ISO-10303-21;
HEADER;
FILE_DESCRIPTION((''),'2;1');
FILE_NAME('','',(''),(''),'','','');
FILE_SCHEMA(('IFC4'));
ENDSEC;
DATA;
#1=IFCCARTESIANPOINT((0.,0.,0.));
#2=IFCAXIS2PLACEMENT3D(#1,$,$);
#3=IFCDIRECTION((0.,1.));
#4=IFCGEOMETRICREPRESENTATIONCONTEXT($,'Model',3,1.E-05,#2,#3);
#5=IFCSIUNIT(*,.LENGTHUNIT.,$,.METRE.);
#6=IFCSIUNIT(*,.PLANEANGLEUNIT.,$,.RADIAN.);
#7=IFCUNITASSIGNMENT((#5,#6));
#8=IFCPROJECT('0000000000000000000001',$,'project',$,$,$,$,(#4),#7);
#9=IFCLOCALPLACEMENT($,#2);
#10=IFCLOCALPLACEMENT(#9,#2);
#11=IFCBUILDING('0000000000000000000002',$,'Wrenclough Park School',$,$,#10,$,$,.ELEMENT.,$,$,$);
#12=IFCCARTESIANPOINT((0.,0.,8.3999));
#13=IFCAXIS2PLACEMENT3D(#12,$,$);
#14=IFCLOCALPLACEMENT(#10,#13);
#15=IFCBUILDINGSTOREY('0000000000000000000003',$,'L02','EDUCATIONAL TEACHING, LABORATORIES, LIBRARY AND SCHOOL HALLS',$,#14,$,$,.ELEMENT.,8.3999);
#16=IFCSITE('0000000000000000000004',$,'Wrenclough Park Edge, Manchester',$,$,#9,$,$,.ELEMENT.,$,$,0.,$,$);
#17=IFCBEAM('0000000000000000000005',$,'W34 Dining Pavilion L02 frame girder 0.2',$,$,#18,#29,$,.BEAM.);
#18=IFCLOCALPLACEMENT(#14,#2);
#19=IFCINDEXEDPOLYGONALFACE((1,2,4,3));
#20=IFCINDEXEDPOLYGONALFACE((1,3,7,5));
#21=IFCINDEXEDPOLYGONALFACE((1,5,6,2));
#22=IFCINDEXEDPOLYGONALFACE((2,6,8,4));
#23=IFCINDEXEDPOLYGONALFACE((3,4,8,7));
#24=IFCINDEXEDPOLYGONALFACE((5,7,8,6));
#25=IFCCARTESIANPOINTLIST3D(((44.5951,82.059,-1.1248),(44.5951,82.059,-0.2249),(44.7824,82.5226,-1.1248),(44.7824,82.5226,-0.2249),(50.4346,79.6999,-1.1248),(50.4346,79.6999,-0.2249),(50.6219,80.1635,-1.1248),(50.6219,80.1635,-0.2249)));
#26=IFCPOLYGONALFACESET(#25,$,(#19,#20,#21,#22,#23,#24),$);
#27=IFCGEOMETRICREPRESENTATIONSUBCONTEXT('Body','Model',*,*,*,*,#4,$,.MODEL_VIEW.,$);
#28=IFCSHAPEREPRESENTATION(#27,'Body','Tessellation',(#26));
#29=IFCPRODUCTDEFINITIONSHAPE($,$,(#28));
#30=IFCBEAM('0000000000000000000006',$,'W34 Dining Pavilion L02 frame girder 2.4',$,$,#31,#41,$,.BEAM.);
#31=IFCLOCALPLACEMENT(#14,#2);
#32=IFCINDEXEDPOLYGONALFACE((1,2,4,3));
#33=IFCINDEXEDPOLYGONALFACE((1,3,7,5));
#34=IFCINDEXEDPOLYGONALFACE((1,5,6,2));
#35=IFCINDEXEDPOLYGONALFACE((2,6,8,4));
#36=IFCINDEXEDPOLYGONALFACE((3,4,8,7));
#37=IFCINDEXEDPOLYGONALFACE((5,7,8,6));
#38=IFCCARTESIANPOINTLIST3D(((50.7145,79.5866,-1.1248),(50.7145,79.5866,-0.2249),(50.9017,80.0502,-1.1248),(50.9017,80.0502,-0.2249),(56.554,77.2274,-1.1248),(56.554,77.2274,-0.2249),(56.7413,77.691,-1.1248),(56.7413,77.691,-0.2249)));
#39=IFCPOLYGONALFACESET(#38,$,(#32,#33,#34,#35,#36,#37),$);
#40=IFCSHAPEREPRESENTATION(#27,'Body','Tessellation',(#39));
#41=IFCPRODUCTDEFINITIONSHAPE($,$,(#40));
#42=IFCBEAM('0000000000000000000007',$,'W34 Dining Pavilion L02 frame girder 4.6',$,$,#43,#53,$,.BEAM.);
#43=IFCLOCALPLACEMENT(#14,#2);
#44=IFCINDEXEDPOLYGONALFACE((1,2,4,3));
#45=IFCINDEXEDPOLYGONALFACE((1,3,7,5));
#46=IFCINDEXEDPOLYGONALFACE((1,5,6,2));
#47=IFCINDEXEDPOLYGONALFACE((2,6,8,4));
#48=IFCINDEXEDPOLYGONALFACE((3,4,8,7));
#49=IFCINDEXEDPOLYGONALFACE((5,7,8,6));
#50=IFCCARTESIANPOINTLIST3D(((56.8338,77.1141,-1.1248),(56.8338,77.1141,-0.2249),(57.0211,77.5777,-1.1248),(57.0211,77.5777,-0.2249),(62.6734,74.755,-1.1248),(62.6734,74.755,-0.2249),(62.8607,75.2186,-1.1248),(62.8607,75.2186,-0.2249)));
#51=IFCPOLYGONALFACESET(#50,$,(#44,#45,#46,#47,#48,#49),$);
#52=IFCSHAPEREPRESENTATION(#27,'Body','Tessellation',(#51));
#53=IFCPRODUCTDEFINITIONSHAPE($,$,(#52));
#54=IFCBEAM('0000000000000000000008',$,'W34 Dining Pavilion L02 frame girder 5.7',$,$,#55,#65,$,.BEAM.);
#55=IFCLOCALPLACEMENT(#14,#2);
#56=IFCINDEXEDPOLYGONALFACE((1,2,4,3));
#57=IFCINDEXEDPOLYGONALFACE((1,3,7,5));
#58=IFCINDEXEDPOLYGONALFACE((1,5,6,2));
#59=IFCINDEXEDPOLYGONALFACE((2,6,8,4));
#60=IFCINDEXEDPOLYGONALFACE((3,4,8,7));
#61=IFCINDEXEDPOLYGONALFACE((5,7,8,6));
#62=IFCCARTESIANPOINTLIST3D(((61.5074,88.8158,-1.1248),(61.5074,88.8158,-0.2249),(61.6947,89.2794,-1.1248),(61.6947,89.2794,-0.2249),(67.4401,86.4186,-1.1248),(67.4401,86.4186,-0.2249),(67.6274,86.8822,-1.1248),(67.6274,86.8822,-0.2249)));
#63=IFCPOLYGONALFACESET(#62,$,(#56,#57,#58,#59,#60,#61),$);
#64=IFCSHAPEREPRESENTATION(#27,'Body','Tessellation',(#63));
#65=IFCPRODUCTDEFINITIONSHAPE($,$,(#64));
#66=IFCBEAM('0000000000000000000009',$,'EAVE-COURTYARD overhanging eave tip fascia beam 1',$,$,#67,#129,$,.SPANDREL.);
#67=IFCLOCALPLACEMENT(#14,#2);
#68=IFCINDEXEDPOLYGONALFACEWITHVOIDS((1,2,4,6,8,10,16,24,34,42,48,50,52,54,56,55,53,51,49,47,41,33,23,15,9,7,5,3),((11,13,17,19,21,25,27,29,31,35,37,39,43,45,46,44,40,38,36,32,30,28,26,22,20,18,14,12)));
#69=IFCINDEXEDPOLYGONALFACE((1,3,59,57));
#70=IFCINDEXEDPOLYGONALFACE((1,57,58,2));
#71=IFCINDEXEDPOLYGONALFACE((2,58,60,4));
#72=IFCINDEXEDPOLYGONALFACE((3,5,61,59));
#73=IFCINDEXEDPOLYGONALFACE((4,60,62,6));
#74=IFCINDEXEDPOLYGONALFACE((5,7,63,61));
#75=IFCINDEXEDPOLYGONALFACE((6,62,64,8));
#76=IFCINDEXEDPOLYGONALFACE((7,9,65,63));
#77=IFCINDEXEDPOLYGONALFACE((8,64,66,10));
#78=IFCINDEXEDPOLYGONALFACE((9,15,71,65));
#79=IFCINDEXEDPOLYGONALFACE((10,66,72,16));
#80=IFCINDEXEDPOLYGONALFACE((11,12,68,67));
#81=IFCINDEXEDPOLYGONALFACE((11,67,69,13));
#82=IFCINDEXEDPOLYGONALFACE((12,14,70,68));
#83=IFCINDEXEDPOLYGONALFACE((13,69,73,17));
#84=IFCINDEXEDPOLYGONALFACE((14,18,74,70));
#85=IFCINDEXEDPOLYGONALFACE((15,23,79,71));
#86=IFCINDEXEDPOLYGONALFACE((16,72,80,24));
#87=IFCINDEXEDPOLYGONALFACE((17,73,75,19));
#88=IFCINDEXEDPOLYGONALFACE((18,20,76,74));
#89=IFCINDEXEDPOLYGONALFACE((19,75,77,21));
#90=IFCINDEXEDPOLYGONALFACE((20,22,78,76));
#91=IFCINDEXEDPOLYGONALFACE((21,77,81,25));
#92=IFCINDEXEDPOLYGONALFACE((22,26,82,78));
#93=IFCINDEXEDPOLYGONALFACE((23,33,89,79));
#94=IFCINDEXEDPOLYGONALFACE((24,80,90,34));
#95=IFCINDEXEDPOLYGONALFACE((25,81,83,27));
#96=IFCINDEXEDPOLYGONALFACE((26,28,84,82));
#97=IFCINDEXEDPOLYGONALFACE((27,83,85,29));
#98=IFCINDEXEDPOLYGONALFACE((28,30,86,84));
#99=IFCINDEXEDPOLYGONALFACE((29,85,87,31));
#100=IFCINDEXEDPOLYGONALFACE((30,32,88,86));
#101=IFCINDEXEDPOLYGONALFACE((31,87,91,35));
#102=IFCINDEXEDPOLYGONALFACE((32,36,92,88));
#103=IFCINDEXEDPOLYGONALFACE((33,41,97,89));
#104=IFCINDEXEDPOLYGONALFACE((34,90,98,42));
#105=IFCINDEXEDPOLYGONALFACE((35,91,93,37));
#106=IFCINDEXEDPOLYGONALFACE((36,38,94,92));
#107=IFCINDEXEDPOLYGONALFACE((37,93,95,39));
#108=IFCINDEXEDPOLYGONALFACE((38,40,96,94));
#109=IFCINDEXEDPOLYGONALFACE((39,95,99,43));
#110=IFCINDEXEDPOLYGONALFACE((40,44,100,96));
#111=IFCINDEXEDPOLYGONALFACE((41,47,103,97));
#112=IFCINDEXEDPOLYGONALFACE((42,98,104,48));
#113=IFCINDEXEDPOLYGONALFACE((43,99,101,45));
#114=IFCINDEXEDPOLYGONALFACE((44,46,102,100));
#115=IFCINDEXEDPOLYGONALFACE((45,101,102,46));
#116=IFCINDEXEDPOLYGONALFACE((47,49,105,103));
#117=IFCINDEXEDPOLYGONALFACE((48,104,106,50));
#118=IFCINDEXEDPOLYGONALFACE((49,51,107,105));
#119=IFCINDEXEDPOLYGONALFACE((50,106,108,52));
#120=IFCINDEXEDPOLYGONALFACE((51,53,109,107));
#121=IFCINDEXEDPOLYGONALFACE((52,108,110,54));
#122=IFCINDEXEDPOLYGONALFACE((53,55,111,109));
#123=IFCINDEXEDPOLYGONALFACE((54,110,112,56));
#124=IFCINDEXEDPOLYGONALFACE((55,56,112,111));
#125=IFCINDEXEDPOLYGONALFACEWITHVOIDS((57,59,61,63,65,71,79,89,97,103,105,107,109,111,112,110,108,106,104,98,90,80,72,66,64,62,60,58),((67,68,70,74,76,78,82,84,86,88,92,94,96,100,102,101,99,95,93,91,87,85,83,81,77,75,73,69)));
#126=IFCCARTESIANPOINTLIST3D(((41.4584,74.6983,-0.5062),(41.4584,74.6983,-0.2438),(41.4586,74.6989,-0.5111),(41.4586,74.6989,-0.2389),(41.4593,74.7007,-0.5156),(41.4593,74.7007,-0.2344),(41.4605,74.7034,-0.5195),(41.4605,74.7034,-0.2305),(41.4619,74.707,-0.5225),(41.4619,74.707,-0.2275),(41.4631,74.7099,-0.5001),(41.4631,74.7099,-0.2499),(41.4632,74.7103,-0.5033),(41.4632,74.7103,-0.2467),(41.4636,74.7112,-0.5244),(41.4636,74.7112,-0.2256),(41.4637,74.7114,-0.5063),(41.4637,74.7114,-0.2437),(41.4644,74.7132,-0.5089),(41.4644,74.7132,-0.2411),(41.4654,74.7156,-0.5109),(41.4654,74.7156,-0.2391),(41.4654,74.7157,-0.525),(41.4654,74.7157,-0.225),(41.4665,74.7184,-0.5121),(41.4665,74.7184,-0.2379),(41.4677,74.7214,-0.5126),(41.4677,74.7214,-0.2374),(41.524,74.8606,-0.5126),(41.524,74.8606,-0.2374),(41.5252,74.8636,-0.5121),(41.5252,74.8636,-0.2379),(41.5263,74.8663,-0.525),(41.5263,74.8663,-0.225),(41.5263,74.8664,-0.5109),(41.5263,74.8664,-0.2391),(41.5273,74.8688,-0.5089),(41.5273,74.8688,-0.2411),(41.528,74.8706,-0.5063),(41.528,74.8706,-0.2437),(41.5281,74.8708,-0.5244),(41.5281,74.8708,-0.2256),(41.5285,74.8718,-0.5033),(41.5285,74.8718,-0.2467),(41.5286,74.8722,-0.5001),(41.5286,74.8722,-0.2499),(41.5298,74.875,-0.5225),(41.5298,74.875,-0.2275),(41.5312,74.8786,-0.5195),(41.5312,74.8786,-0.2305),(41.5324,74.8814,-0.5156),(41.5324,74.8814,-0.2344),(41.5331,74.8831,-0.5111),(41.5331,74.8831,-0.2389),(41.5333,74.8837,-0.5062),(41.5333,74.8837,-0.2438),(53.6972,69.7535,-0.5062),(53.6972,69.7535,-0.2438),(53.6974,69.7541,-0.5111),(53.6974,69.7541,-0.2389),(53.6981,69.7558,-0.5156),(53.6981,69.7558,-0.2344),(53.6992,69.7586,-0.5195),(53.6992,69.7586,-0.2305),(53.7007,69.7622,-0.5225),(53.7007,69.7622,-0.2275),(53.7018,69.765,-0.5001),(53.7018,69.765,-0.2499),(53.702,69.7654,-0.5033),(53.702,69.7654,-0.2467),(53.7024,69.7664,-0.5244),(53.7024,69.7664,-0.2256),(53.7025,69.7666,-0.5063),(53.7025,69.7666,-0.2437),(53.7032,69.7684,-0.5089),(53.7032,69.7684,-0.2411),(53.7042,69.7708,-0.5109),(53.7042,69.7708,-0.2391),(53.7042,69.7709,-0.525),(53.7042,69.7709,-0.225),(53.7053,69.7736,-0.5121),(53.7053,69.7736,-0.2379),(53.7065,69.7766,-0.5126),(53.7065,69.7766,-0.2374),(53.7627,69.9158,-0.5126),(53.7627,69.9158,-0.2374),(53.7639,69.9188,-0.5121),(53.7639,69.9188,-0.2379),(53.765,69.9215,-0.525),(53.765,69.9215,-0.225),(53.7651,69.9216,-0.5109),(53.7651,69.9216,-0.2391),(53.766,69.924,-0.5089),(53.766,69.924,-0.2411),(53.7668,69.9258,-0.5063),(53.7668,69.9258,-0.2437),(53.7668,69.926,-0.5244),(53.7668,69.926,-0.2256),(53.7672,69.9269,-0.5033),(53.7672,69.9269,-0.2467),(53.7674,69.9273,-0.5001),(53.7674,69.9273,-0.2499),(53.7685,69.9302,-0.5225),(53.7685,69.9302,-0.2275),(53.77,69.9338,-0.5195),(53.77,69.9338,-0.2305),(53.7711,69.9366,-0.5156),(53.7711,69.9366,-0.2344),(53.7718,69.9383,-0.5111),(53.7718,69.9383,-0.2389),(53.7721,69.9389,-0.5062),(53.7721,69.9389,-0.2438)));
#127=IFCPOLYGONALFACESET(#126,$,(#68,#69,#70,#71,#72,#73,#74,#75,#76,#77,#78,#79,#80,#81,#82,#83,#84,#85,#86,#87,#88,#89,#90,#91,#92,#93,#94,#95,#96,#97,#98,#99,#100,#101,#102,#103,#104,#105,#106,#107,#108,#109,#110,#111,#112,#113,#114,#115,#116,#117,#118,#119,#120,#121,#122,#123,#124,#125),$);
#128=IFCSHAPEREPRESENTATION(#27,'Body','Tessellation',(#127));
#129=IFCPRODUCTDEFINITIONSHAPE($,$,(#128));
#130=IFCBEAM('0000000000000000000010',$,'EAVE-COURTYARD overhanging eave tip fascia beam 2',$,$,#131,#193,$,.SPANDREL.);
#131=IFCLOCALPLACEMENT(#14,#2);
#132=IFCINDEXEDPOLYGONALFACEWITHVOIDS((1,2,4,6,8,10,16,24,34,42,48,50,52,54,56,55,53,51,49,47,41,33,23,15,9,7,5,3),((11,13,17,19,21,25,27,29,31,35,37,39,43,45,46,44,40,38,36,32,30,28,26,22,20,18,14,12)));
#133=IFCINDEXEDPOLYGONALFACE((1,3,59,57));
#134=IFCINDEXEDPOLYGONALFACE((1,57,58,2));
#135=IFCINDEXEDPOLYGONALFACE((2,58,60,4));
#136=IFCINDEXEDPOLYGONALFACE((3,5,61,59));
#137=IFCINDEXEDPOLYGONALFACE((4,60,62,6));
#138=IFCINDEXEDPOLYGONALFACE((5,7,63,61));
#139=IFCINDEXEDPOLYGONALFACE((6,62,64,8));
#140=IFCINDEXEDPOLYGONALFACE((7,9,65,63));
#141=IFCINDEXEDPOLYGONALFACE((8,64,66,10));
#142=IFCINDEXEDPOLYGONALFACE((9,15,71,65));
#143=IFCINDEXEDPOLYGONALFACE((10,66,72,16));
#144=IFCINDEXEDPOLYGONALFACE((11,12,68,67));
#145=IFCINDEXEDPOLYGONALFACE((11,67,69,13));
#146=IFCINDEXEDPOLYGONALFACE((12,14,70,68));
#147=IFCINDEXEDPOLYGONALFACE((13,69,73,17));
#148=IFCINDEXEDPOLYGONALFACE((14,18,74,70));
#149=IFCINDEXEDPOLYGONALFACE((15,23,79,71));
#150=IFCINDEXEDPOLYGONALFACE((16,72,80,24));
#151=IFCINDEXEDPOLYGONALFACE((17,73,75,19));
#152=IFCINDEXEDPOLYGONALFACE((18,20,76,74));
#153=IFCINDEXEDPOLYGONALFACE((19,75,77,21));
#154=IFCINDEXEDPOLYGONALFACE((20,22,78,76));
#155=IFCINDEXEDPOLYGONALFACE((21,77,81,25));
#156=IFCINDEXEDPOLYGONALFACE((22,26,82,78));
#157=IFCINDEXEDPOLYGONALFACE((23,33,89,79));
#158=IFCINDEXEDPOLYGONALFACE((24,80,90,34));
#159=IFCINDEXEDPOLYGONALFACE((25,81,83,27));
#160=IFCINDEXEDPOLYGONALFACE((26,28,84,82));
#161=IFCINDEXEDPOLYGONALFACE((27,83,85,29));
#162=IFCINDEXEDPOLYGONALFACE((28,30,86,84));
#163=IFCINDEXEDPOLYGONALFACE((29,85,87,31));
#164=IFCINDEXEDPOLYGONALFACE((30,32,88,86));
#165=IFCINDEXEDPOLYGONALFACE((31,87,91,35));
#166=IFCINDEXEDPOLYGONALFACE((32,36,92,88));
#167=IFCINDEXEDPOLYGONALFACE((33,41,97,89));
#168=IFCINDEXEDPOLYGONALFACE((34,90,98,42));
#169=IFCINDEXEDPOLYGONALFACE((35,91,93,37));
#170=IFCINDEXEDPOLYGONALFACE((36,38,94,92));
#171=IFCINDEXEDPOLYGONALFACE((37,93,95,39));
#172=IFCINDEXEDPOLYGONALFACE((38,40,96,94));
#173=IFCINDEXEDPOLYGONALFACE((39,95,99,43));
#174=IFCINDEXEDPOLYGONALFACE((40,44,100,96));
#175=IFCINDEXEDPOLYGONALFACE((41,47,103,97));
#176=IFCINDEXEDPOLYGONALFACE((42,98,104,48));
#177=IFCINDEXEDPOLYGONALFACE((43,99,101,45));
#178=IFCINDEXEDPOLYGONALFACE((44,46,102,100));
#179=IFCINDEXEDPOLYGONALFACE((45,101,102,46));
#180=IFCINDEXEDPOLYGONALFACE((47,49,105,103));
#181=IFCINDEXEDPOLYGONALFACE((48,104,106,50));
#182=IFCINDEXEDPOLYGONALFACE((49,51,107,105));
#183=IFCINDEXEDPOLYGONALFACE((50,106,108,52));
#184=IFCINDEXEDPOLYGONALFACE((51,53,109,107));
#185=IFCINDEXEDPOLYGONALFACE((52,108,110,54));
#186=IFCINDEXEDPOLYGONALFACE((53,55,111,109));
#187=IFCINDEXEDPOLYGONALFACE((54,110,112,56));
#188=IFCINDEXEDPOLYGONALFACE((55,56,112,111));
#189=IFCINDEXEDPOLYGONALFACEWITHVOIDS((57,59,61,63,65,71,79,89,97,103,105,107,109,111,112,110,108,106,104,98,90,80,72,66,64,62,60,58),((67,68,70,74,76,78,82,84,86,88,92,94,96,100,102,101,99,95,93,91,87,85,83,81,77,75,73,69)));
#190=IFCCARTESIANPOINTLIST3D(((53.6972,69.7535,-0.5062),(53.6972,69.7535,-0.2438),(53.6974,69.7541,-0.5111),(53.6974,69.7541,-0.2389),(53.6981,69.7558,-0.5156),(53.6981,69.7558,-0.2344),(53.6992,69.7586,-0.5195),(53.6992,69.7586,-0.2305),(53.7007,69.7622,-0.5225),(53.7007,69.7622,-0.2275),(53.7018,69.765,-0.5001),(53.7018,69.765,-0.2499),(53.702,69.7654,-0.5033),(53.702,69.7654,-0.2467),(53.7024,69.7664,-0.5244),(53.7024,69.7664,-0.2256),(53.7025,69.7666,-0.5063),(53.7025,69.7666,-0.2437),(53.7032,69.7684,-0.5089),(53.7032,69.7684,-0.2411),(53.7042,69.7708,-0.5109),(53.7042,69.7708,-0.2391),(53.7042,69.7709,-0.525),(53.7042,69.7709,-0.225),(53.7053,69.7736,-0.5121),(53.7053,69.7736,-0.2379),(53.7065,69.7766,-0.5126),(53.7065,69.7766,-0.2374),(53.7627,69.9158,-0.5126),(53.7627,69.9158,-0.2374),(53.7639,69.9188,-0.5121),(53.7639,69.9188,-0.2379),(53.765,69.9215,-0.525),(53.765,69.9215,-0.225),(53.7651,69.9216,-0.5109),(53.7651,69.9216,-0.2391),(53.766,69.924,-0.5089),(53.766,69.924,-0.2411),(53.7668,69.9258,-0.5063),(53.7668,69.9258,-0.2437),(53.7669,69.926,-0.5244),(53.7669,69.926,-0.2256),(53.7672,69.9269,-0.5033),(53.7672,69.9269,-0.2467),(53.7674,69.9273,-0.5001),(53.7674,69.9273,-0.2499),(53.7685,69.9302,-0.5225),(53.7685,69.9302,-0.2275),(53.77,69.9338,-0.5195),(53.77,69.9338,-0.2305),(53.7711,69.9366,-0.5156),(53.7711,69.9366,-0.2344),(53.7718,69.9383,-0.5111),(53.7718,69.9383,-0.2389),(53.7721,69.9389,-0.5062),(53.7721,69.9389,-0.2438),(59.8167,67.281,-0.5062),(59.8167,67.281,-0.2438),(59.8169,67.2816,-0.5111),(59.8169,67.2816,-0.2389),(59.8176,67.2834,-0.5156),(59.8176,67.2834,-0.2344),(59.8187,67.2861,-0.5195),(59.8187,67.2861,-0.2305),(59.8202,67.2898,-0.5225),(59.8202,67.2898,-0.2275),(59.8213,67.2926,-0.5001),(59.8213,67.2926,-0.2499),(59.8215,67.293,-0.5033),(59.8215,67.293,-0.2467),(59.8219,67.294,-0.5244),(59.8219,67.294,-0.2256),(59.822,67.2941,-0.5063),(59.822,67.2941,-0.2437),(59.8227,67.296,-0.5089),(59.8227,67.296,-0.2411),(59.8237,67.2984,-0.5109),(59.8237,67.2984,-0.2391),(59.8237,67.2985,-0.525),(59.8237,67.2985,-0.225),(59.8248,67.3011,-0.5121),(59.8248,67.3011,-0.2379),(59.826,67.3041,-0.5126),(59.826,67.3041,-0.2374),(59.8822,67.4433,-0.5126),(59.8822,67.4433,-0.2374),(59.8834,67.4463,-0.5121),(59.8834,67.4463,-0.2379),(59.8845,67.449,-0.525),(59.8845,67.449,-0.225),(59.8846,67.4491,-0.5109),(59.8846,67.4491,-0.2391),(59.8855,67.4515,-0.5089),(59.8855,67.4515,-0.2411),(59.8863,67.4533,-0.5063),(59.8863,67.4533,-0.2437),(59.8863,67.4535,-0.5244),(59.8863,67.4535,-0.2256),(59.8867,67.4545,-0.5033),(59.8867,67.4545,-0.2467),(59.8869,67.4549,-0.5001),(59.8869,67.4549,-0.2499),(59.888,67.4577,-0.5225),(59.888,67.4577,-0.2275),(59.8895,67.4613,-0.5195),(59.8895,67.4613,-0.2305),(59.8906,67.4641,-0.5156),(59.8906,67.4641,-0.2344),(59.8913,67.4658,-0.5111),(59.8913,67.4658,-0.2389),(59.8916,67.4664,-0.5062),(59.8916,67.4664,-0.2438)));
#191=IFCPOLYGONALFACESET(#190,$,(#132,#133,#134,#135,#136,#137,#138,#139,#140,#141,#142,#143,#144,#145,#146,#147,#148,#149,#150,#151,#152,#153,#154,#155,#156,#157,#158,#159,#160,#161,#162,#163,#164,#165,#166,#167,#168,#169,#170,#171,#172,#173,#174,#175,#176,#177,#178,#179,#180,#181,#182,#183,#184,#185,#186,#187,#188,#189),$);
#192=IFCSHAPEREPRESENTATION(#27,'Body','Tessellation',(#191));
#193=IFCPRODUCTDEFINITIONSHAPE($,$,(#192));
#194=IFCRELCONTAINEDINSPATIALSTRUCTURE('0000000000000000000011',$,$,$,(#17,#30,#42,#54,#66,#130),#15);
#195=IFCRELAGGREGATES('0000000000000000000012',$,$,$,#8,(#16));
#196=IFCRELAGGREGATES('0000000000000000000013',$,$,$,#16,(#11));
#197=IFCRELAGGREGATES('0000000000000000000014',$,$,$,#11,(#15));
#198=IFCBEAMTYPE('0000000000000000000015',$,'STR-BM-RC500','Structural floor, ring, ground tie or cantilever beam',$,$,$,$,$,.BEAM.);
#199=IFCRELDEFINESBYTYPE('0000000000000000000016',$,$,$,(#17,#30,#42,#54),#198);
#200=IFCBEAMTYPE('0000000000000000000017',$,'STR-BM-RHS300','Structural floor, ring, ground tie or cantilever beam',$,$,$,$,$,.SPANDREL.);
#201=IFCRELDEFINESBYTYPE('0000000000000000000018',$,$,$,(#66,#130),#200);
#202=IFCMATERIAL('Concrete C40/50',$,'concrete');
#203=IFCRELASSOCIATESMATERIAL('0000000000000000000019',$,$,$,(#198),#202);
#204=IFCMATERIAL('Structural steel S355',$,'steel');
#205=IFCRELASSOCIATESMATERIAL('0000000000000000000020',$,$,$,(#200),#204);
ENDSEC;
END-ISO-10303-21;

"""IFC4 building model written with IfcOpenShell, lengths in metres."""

from ifc_helpers import new_model, si_unit, direction, frame, origin, origin_2d, place, context, subcontext, project, spatial, rectangle, hollow_rectangle, extrude, material, material_profile, profile_set, type_object, element, save


model = new_model("IFC4")

# Units and contexts
model_context = context("Model", 3, precision=1e-05, world=origin(), true_north=direction((0.0, 1.0)))
body_context = subcontext(model_context, "Body", "Model", "MODEL_VIEW")
ifc_project = project(units=[si_unit("LENGTHUNIT", "METRE"), si_unit("PLANEANGLEUNIT", "RADIAN")], contexts=[model_context])

# Site, building, storey
site_placement = place(None, origin())
site = spatial("IfcSite", under=ifc_project, at=site_placement, Name="Wrenclough Park Edge, Manchester", CompositionType="ELEMENT", RefElevation=0.0)
building_placement = place(site_placement, origin())
building = spatial("IfcBuilding", under=site, at=building_placement, Name="Wrenclough Park School", CompositionType="ELEMENT")
storey_placement = place(building_placement, frame((0.0, 0.0, 8.3999)))
storey = spatial("IfcBuildingStorey", under=building, at=storey_placement, Name="L02", Description="EDUCATIONAL TEACHING, LABORATORIES, LIBRARY AND SCHOOL HALLS", CompositionType="ELEMENT", Elevation=8.3999)

# Beams
ifc_material_1 = material(Name="Concrete C40/50", Category="concrete")
ifc_material_profile_1 = material_profile(ifc_material_1, rectangle(XDim=0.5, YDim=0.8999, at=origin_2d()), Name="RC BEAM 500x900")
ifc_profile_set_1 = profile_set([ifc_material_profile_1], Name="Concrete C40/50")
beam_type_1 = type_object("IfcBeamType", Name="STR-BM-RC500", Description="Structural floor, ring, ground tie or cantilever beam", PredefinedType="BEAM", material=ifc_profile_set_1)
for number, where, z_axis, x_axis, name in (
    (1, (44.6887, 82.2908, -0.6748), (0.927196, -0.374576, 0.0), (0.374576, 0.927196, 0.0), "W34 Dining Pavilion L02 frame girder 0.2"),
    (2, (50.8081, 79.8184, -0.6748), (0.927196, -0.374576, 0.0), (0.374576, 0.927196, 0.0), "W34 Dining Pavilion L02 frame girder 2.4"),
    (3, (56.9275, 77.3459, -0.6748), (0.927196, -0.374576, 0.0), (0.374576, 0.927196, 0.0), "W34 Dining Pavilion L02 frame girder 4.6"),
):
    element("IfcBeam", number, at=place(storey_placement, frame(where, z_axis=z_axis, x_axis=x_axis)), inside=storey, type_object=beam_type_1, Name=name, PredefinedType="BEAM", context=body_context, shape_type="SweptSolid", body=[
        extrude(rectangle(XDim=0.5, YDim=0.8999, at=origin_2d()), origin(), (0.0, 0.0, 1.0), 6.2981),
    ])
beam_1_placement = place(storey_placement, frame((61.6011, 89.0476, -0.6748), z_axis=(0.927168, -0.374645, 0.0), x_axis=(0.374645, 0.927168, 0.0)))
element("IfcBeam", 4, at=beam_1_placement, inside=storey, type_object=beam_type_1, Name="W34 Dining Pavilion L02 frame girder 5.7", PredefinedType="BEAM", context=body_context, shape_type="SweptSolid", body=[
    extrude(rectangle(XDim=0.5, YDim=0.8999, at=origin_2d()), origin(), (0.0, 0.0, 1.0), 6.3987),
])
ifc_material_2 = material(Name="Structural steel S355", Category="steel")
ifc_material_profile_2 = material_profile(ifc_material_2, hollow_rectangle(XDim=0.2, YDim=0.3, WallThickness=0.0125, InnerFilletRadius=0.0125, OuterFilletRadius=0.0188, at=origin_2d()), Name="RHS 300x200x12.5")
ifc_profile_set_2 = profile_set([ifc_material_profile_2], Name="Structural steel S355")
beam_type_2 = type_object("IfcBeamType", Name="STR-BM-RHS300", Description="Structural floor, ring, ground tie or cantilever beam", PredefinedType="SPANDREL", material=ifc_profile_set_2)
beam_2_placement = place(storey_placement, frame((41.4958, 74.791, -0.375), z_axis=(0.927183, -0.374609, 0.0), x_axis=(0.374609, 0.927183, 0.0)))
element("IfcBeam", 5, at=beam_2_placement, inside=storey, type_object=beam_type_2, Name="EAVE-COURTYARD overhanging eave tip fascia beam 1", PredefinedType="SPANDREL", context=body_context, shape_type="SweptSolid", body=[
    extrude(hollow_rectangle(XDim=0.2, YDim=0.3, WallThickness=0.0125, InnerFilletRadius=0.0125, OuterFilletRadius=0.0188, at=origin_2d()), origin(), (0.0, 0.0, 1.0), 13.2),
])
beam_3_placement = place(storey_placement, frame((53.7346, 69.8462, -0.375), z_axis=(0.927183, -0.374609, 0.0), x_axis=(0.374609, 0.927183, 0.0)))
element("IfcBeam", 6, at=beam_3_placement, inside=storey, type_object=beam_type_2, Name="EAVE-COURTYARD overhanging eave tip fascia beam 2", PredefinedType="SPANDREL", context=body_context, shape_type="SweptSolid", body=[
    extrude(hollow_rectangle(XDim=0.2, YDim=0.3, WallThickness=0.0125, InnerFilletRadius=0.0125, OuterFilletRadius=0.0188, at=origin_2d()), origin(), (0.0, 0.0, 1.0), 6.6001),
])

save(model, "model.ifc")
